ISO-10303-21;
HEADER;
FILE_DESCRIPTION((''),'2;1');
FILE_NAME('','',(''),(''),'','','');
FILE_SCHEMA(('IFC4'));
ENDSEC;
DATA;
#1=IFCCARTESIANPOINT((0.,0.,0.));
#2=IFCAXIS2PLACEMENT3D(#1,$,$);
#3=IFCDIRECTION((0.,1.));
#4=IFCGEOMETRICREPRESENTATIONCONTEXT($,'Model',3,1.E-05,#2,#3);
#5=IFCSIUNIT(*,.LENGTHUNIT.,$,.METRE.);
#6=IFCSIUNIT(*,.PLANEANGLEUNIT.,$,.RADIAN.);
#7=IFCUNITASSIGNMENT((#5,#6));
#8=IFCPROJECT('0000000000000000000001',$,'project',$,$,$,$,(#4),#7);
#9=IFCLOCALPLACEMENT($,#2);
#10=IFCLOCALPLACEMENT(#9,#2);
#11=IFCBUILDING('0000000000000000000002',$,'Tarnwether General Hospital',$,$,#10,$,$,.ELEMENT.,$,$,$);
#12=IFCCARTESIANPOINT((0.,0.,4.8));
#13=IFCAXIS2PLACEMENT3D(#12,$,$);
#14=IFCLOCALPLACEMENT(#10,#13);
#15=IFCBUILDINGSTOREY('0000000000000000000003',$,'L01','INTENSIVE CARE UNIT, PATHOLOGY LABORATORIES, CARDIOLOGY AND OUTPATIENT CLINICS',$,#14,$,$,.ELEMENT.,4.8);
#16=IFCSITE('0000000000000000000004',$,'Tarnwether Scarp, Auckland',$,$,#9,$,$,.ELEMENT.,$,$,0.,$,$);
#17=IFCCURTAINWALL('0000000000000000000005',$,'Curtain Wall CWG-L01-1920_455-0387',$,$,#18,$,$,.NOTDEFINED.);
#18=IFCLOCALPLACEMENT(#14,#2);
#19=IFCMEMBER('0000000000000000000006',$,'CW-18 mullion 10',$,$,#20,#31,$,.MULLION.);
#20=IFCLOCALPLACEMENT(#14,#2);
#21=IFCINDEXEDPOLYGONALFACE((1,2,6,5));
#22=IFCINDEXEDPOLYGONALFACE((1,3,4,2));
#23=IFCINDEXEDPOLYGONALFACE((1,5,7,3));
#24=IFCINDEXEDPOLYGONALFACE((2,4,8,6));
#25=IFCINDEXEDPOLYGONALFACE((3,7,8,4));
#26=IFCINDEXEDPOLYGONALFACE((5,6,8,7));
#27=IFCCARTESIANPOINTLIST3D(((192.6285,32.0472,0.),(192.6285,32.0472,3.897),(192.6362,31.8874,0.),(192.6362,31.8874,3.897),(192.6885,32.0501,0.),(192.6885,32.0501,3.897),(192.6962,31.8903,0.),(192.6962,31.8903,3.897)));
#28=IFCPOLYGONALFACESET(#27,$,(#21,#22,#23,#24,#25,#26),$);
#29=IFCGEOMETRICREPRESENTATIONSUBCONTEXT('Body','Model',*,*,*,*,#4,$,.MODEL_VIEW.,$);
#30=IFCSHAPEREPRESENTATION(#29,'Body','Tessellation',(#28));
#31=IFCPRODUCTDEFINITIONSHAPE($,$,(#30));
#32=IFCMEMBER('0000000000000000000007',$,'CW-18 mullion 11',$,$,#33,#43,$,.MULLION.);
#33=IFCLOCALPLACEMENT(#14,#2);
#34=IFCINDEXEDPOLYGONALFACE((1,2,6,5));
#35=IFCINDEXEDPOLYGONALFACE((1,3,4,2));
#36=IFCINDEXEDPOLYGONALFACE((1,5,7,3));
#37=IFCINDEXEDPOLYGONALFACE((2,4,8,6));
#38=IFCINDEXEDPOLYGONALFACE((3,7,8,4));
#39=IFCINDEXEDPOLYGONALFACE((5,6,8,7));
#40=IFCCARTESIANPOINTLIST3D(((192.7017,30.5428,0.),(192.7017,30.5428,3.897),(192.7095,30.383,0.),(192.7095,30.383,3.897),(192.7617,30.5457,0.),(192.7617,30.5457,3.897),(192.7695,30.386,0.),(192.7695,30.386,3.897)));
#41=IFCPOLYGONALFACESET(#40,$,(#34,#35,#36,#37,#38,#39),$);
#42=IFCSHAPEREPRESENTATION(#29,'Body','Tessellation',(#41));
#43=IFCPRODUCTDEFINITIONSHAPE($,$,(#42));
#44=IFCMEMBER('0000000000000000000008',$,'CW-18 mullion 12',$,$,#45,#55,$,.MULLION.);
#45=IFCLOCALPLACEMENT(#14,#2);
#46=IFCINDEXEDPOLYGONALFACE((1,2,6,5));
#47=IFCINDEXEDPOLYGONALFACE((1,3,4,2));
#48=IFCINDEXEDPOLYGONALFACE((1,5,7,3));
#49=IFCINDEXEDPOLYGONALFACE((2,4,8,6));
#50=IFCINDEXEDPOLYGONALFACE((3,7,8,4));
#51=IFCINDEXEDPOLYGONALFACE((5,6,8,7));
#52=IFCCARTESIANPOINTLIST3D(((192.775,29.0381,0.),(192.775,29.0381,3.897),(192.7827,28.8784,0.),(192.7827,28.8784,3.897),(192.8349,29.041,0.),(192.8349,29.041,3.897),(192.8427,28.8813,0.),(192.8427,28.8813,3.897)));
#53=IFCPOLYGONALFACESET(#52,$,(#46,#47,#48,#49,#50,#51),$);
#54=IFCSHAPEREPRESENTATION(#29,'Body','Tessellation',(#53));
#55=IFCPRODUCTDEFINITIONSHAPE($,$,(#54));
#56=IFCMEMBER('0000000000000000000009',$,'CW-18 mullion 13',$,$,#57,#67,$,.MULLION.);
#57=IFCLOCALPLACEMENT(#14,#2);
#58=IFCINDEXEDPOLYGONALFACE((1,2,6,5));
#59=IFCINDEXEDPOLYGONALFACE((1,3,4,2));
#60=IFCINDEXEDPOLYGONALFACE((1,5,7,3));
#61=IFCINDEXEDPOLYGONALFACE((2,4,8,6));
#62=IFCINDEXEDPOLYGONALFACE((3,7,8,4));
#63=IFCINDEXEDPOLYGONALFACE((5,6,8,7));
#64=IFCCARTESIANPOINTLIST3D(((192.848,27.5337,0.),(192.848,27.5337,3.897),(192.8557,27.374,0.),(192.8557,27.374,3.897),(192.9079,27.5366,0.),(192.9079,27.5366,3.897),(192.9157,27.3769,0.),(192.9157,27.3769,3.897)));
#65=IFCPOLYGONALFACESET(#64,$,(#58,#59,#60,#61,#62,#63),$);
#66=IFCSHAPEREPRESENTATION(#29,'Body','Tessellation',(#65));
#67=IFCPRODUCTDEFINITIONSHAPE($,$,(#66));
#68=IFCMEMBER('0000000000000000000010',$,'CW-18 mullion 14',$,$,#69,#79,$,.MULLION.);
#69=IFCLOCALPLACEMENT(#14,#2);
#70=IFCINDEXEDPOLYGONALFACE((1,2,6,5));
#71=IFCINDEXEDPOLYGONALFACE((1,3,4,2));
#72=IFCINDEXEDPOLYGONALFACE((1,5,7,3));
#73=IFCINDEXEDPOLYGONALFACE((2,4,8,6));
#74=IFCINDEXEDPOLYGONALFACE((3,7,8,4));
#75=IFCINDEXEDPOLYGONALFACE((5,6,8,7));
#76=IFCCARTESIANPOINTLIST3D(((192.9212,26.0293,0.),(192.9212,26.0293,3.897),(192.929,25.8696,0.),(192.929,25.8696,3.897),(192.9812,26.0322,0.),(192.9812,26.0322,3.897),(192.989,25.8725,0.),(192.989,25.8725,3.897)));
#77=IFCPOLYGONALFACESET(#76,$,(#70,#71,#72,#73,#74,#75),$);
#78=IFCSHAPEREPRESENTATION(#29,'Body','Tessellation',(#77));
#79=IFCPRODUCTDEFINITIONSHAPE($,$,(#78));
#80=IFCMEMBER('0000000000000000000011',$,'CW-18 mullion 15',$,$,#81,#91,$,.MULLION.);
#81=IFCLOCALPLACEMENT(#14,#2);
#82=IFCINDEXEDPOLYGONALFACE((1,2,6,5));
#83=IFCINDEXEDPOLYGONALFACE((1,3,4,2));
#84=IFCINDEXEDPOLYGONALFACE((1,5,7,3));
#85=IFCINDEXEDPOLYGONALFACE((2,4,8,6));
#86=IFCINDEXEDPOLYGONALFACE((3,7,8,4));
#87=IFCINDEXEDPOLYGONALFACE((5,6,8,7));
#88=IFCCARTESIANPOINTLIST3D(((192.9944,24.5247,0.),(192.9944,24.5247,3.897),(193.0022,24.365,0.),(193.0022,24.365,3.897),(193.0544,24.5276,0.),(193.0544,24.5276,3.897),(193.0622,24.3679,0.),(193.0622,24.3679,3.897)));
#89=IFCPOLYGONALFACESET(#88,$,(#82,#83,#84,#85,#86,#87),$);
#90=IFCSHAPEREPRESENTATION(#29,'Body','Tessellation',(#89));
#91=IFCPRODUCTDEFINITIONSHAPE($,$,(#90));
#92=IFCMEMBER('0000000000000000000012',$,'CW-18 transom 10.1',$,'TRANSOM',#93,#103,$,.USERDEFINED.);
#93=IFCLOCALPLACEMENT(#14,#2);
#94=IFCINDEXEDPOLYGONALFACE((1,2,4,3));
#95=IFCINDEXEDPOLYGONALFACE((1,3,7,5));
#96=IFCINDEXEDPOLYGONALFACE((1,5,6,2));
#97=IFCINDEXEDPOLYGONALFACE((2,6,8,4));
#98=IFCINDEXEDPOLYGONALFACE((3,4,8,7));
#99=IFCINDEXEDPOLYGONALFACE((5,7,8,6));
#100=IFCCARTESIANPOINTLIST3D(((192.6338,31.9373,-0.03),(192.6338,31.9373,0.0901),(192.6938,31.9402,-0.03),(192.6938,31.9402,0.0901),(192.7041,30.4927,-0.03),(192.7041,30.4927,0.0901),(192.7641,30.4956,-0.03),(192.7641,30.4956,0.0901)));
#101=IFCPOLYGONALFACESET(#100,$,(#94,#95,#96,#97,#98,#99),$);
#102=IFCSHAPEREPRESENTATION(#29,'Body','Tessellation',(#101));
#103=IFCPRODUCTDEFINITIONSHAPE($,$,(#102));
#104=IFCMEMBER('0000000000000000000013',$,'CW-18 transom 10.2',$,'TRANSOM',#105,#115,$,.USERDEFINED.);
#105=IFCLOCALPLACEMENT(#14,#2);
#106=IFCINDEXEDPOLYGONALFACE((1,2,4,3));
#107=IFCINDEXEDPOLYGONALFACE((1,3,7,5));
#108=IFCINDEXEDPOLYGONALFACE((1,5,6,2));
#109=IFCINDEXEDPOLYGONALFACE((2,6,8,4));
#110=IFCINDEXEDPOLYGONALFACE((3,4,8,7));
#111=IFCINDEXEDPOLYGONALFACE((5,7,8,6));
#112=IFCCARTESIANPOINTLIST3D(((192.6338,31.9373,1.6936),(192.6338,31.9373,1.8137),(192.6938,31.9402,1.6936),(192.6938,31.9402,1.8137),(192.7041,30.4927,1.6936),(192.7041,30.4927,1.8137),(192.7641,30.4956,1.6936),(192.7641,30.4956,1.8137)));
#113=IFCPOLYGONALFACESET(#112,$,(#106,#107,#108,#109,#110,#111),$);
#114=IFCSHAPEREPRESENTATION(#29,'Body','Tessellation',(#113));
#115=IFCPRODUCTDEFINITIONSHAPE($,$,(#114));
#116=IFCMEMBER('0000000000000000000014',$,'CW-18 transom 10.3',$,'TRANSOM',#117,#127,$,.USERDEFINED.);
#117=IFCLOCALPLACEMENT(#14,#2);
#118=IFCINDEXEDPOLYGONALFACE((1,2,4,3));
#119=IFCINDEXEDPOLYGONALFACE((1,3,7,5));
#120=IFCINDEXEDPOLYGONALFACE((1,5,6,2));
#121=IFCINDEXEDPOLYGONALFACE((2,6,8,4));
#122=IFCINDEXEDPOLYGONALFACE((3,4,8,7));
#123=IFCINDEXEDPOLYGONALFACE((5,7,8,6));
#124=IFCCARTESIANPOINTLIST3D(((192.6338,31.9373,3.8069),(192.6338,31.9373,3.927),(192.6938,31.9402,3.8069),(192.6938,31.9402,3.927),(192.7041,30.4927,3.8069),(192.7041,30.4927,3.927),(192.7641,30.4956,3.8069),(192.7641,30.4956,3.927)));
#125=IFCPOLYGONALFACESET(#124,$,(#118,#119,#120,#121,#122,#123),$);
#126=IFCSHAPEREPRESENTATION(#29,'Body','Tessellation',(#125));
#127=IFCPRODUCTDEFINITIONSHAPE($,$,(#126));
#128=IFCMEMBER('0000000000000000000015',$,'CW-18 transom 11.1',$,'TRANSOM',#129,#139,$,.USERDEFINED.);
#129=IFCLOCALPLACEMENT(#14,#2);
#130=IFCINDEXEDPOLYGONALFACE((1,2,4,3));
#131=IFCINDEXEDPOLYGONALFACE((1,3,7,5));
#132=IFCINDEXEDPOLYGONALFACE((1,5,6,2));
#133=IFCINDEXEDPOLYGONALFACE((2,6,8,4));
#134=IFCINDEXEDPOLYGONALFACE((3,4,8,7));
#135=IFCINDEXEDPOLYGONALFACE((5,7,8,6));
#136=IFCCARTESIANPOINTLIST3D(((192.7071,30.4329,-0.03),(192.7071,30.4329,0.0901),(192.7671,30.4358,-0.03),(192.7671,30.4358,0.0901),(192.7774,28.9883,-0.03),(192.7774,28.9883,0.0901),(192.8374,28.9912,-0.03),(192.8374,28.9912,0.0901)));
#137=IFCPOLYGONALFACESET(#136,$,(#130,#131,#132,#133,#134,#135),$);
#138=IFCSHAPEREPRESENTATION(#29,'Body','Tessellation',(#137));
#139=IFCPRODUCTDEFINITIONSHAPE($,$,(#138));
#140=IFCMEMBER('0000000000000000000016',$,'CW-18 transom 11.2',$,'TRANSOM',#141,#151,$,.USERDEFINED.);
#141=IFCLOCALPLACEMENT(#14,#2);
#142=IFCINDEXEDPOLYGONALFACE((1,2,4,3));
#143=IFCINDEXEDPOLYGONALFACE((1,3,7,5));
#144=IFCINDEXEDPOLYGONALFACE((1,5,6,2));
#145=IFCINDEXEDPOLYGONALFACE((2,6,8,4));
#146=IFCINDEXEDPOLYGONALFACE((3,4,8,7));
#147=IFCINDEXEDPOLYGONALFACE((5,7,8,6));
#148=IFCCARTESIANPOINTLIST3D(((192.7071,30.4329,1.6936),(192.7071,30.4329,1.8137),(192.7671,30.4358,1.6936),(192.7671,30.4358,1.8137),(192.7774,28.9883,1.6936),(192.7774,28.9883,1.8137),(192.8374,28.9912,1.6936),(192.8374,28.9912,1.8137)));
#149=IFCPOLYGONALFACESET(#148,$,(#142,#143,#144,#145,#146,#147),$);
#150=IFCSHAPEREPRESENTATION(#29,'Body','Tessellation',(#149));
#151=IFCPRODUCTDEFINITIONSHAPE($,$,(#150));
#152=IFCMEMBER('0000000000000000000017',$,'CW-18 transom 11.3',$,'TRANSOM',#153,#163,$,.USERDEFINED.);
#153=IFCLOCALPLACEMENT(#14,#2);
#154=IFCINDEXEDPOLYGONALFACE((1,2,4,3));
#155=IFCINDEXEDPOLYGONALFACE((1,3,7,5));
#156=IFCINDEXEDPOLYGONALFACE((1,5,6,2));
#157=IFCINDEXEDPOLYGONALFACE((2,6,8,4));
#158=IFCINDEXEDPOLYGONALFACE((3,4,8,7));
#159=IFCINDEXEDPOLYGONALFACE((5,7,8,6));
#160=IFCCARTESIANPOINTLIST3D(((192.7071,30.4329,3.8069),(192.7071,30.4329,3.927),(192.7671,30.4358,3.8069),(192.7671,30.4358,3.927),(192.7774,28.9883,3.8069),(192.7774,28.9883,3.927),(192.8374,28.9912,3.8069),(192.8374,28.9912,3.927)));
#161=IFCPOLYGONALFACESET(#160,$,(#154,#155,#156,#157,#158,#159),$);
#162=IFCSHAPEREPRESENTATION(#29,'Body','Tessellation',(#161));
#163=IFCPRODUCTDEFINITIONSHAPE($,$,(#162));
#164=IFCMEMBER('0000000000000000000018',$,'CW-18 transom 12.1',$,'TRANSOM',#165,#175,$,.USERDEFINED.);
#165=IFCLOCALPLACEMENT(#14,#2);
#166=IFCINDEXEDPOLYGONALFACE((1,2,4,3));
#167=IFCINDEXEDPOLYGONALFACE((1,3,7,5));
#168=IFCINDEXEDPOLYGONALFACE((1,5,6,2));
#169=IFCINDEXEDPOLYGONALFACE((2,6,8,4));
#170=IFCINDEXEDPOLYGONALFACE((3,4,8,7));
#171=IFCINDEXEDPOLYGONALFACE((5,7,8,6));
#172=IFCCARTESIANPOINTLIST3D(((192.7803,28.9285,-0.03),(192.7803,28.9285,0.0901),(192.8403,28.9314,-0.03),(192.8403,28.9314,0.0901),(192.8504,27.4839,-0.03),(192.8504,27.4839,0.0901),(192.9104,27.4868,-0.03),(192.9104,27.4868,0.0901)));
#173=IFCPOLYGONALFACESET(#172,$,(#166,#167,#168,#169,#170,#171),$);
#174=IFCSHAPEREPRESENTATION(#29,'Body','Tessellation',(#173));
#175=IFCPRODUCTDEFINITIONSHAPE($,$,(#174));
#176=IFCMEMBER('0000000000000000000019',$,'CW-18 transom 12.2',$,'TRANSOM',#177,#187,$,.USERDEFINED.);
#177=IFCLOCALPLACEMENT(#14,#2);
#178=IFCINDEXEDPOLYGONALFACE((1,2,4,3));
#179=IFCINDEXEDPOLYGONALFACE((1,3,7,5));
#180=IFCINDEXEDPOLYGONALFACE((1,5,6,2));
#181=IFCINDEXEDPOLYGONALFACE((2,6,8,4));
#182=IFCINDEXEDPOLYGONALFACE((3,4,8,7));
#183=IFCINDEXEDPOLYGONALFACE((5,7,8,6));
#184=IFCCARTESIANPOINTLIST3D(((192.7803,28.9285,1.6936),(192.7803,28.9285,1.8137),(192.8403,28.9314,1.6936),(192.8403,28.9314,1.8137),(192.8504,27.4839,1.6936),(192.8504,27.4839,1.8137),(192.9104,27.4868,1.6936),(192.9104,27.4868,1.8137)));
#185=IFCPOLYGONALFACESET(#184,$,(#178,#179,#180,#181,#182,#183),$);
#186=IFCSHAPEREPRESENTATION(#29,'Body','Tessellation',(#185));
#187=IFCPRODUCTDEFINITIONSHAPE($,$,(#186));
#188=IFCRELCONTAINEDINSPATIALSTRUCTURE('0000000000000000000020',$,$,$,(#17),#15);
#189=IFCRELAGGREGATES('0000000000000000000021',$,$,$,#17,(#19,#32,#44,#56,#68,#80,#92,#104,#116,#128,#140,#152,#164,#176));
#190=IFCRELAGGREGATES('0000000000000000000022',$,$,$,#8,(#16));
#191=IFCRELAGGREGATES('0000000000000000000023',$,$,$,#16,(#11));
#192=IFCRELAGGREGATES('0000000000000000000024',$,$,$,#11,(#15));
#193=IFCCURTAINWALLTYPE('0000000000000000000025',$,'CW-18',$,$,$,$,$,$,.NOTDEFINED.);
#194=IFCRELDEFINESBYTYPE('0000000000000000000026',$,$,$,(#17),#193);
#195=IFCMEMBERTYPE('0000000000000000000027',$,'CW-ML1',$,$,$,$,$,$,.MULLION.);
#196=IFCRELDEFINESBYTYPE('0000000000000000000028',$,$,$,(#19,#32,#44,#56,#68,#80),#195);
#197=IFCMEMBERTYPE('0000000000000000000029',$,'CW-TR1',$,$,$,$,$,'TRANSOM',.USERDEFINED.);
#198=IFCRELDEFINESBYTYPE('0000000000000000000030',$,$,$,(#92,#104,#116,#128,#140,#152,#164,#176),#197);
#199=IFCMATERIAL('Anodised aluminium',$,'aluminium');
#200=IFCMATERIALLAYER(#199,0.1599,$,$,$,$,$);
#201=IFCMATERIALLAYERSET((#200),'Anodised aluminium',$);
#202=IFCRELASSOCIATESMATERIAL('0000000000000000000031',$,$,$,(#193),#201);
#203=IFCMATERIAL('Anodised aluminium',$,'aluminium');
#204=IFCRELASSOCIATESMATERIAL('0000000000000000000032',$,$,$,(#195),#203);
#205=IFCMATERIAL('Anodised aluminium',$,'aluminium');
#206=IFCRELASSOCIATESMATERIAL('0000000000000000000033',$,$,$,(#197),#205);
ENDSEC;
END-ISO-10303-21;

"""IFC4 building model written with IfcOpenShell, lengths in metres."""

from ifc_helpers import new_model, si_unit, direction, frame, origin, origin_2d, place, context, subcontext, project, spatial, rectangle, extrude, material, layer, layer_set, material_profile, profile_set, type_object, element, aggregate, save


model = new_model("IFC4")

# Units and contexts
model_context = context("Model", 3, precision=1e-05, world=origin(), true_north=direction((0.0, 1.0)))
body_context = subcontext(model_context, "Body", "Model", "MODEL_VIEW")
ifc_project = project(units=[si_unit("LENGTHUNIT", "METRE"), si_unit("PLANEANGLEUNIT", "RADIAN")], contexts=[model_context])

# Site, building, storey
site_placement = place(None, origin())
site = spatial("IfcSite", under=ifc_project, at=site_placement, Name="Tarnwether Scarp, Auckland", CompositionType="ELEMENT", RefElevation=0.0)
building_placement = place(site_placement, origin())
building = spatial("IfcBuilding", under=site, at=building_placement, Name="Tarnwether General Hospital", CompositionType="ELEMENT")
storey_placement = place(building_placement, frame((0.0, 0.0, 4.8)))
storey = spatial("IfcBuildingStorey", under=building, at=storey_placement, Name="L01", Description="INTENSIVE CARE UNIT, PATHOLOGY LABORATORIES, CARDIOLOGY AND OUTPATIENT CLINICS", CompositionType="ELEMENT", Elevation=4.8)

# Curtain wall, members
ifc_material_1 = material(Name="Anodised aluminium", Category="aluminium")
ifc_layer_1 = layer(ifc_material_1, 0.1599)
ifc_layer_set_1 = layer_set([ifc_layer_1], Name="Anodised aluminium")
curtain_wall_type = type_object("IfcCurtainWallType", Name="CW-18", PredefinedType="NOTDEFINED", material=ifc_layer_set_1)
curtain_wall_placement = place(storey_placement, origin())
curtain_wall = element("IfcCurtainWall", 1, at=curtain_wall_placement, inside=storey, type_object=curtain_wall_type, Name="Curtain Wall CWG-L01-1920_455-0387", PredefinedType="NOTDEFINED")
ifc_material_2 = material(Name="Anodised aluminium", Category="aluminium")
ifc_material_profile_1 = material_profile(ifc_material_2, rectangle(XDim=0.0601, YDim=0.1599, at=origin_2d()), Name="ALU-MUL-60x160")
ifc_profile_set_1 = profile_set([ifc_material_profile_1], Name="Anodised aluminium")
member_type_1 = type_object("IfcMemberType", Name="CW-ML1", PredefinedType="MULLION", material=ifc_profile_set_1)
member_1_placement = place(storey_placement, frame((192.6624, 31.9688, 0.0), z_axis=(0.0, 0.0, 1.0), x_axis=(0.99882, 0.04857, 0.0)))
member_1 = element("IfcMember", 2, at=member_1_placement, type_object=member_type_1, Name="CW-18 mullion 10", PredefinedType="MULLION", context=body_context, shape_type="SweptSolid", body=[
    extrude(rectangle(XDim=0.0601, YDim=0.1599, at=origin_2d()), origin(), (0.0, 0.0, 1.0), 3.897),
])
member_2_placement = place(storey_placement, frame((192.7356, 30.4644, 0.0), z_axis=(0.0, 0.0, 1.0), x_axis=(0.99882, 0.04857, 0.0)))
member_2 = element("IfcMember", 3, at=member_2_placement, type_object=member_type_1, Name="CW-18 mullion 11", PredefinedType="MULLION", context=body_context, shape_type="SweptSolid", body=[
    extrude(rectangle(XDim=0.0601, YDim=0.1599, at=origin_2d()), origin(), (0.0, 0.0, 1.0), 3.897),
])
member_3_placement = place(storey_placement, frame((192.8088, 28.9597, 0.0), z_axis=(0.0, 0.0, 1.0), x_axis=(0.99882, 0.04857, 0.0)))
member_3 = element("IfcMember", 4, at=member_3_placement, type_object=member_type_1, Name="CW-18 mullion 12", PredefinedType="MULLION", context=body_context, shape_type="SweptSolid", body=[
    extrude(rectangle(XDim=0.0601, YDim=0.1599, at=origin_2d()), origin(), (0.0, 0.0, 1.0), 3.897),
])
member_4_placement = place(storey_placement, frame((192.8818, 27.4553, 0.0), z_axis=(0.0, 0.0, 1.0), x_axis=(0.99882, 0.04857, 0.0)))
member_4 = element("IfcMember", 5, at=member_4_placement, type_object=member_type_1, Name="CW-18 mullion 13", PredefinedType="MULLION", context=body_context, shape_type="SweptSolid", body=[
    extrude(rectangle(XDim=0.0601, YDim=0.1599, at=origin_2d()), origin(), (0.0, 0.0, 1.0), 3.897),
])
member_5_placement = place(storey_placement, frame((192.9551, 25.9509, 0.0), z_axis=(0.0, 0.0, 1.0), x_axis=(0.99882, 0.04857, 0.0)))
member_5 = element("IfcMember", 6, at=member_5_placement, type_object=member_type_1, Name="CW-18 mullion 14", PredefinedType="MULLION", context=body_context, shape_type="SweptSolid", body=[
    extrude(rectangle(XDim=0.0601, YDim=0.1599, at=origin_2d()), origin(), (0.0, 0.0, 1.0), 3.897),
])
member_6_placement = place(storey_placement, frame((193.0283, 24.4463, 0.0), z_axis=(0.0, 0.0, 1.0), x_axis=(0.99882, 0.04857, 0.0)))
member_6 = element("IfcMember", 7, at=member_6_placement, type_object=member_type_1, Name="CW-18 mullion 15", PredefinedType="MULLION", context=body_context, shape_type="SweptSolid", body=[
    extrude(rectangle(XDim=0.0601, YDim=0.1599, at=origin_2d()), origin(), (0.0, 0.0, 1.0), 3.897),
])
ifc_material_3 = material(Name="Anodised aluminium", Category="aluminium")
ifc_material_profile_2 = material_profile(ifc_material_3, rectangle(XDim=0.0601, YDim=0.1201, at=origin_2d()), Name="ALU-TRN-60x120")
ifc_profile_set_2 = profile_set([ifc_material_profile_2], Name="Anodised aluminium")
member_type_2 = type_object("IfcMemberType", Name="CW-TR1", ElementType="TRANSOM", PredefinedType="USERDEFINED", material=ifc_profile_set_2)
member_7_placement = place(storey_placement, frame((192.6638, 31.9387, 0.03), z_axis=(0.048616, -0.998818, 0.0), x_axis=(0.998818, 0.048616, 0.0)))
member_7 = element("IfcMember", 8, at=member_7_placement, type_object=member_type_2, Name="CW-18 transom 10.1", ObjectType="TRANSOM", PredefinedType="USERDEFINED", context=body_context, shape_type="SweptSolid", body=[
    extrude(rectangle(XDim=0.0601, YDim=0.1201, at=origin_2d()), origin(), (0.0, 0.0, 1.0), 1.4463),
])
member_8_placement = place(storey_placement, frame((192.6638, 31.9387, 1.7537), z_axis=(0.048616, -0.998818, 0.0), x_axis=(0.998818, 0.048616, 0.0)))
member_8 = element("IfcMember", 9, at=member_8_placement, type_object=member_type_2, Name="CW-18 transom 10.2", ObjectType="TRANSOM", PredefinedType="USERDEFINED", context=body_context, shape_type="SweptSolid", body=[
    extrude(rectangle(XDim=0.0601, YDim=0.1201, at=origin_2d()), origin(), (0.0, 0.0, 1.0), 1.4463),
])
member_9_placement = place(storey_placement, frame((192.6638, 31.9387, 3.8669), z_axis=(0.048616, -0.998818, 0.0), x_axis=(0.998818, 0.048616, 0.0)))
member_9 = element("IfcMember", 10, at=member_9_placement, type_object=member_type_2, Name="CW-18 transom 10.3", ObjectType="TRANSOM", PredefinedType="USERDEFINED", context=body_context, shape_type="SweptSolid", body=[
    extrude(rectangle(XDim=0.0601, YDim=0.1201, at=origin_2d()), origin(), (0.0, 0.0, 1.0), 1.4463),
])
member_10_placement = place(storey_placement, frame((192.7371, 30.4343, 0.03), z_axis=(0.048616, -0.998818, 0.0), x_axis=(0.998818, 0.048616, 0.0)))
member_10 = element("IfcMember", 11, at=member_10_placement, type_object=member_type_2, Name="CW-18 transom 11.1", ObjectType="TRANSOM", PredefinedType="USERDEFINED", context=body_context, shape_type="SweptSolid", body=[
    extrude(rectangle(XDim=0.0601, YDim=0.1201, at=origin_2d()), origin(), (0.0, 0.0, 1.0), 1.4463),
])
member_11_placement = place(storey_placement, frame((192.7371, 30.4343, 1.7537), z_axis=(0.048616, -0.998818, 0.0), x_axis=(0.998818, 0.048616, 0.0)))
member_11 = element("IfcMember", 12, at=member_11_placement, type_object=member_type_2, Name="CW-18 transom 11.2", ObjectType="TRANSOM", PredefinedType="USERDEFINED", context=body_context, shape_type="SweptSolid", body=[
    extrude(rectangle(XDim=0.0601, YDim=0.1201, at=origin_2d()), origin(), (0.0, 0.0, 1.0), 1.4463),
])
member_12_placement = place(storey_placement, frame((192.7371, 30.4343, 3.8669), z_axis=(0.048616, -0.998818, 0.0), x_axis=(0.998818, 0.048616, 0.0)))
member_12 = element("IfcMember", 13, at=member_12_placement, type_object=member_type_2, Name="CW-18 transom 11.3", ObjectType="TRANSOM", PredefinedType="USERDEFINED", context=body_context, shape_type="SweptSolid", body=[
    extrude(rectangle(XDim=0.0601, YDim=0.1201, at=origin_2d()), origin(), (0.0, 0.0, 1.0), 1.4463),
])
member_13_placement = place(storey_placement, frame((192.8103, 28.9299, 0.03), z_axis=(0.048447, -0.998826, 0.0), x_axis=(0.998826, 0.048447, 0.0)))
member_13 = element("IfcMember", 14, at=member_13_placement, type_object=member_type_2, Name="CW-18 transom 12.1", ObjectType="TRANSOM", PredefinedType="USERDEFINED", context=body_context, shape_type="SweptSolid", body=[
    extrude(rectangle(XDim=0.0601, YDim=0.1201, at=origin_2d()), origin(), (0.0, 0.0, 1.0), 1.4463),
])
member_14_placement = place(storey_placement, frame((192.8103, 28.9299, 1.7537), z_axis=(0.048447, -0.998826, 0.0), x_axis=(0.998826, 0.048447, 0.0)))
member_14 = element("IfcMember", 15, at=member_14_placement, type_object=member_type_2, Name="CW-18 transom 12.2", ObjectType="TRANSOM", PredefinedType="USERDEFINED", context=body_context, shape_type="SweptSolid", body=[
    extrude(rectangle(XDim=0.0601, YDim=0.1201, at=origin_2d()), origin(), (0.0, 0.0, 1.0), 1.4463),
])
aggregate(curtain_wall, [member_1, member_2, member_3, member_4, member_5, member_6, member_7, member_8, member_9, member_10, member_11, member_12, member_13, member_14])

save(model, "model.ifc")
